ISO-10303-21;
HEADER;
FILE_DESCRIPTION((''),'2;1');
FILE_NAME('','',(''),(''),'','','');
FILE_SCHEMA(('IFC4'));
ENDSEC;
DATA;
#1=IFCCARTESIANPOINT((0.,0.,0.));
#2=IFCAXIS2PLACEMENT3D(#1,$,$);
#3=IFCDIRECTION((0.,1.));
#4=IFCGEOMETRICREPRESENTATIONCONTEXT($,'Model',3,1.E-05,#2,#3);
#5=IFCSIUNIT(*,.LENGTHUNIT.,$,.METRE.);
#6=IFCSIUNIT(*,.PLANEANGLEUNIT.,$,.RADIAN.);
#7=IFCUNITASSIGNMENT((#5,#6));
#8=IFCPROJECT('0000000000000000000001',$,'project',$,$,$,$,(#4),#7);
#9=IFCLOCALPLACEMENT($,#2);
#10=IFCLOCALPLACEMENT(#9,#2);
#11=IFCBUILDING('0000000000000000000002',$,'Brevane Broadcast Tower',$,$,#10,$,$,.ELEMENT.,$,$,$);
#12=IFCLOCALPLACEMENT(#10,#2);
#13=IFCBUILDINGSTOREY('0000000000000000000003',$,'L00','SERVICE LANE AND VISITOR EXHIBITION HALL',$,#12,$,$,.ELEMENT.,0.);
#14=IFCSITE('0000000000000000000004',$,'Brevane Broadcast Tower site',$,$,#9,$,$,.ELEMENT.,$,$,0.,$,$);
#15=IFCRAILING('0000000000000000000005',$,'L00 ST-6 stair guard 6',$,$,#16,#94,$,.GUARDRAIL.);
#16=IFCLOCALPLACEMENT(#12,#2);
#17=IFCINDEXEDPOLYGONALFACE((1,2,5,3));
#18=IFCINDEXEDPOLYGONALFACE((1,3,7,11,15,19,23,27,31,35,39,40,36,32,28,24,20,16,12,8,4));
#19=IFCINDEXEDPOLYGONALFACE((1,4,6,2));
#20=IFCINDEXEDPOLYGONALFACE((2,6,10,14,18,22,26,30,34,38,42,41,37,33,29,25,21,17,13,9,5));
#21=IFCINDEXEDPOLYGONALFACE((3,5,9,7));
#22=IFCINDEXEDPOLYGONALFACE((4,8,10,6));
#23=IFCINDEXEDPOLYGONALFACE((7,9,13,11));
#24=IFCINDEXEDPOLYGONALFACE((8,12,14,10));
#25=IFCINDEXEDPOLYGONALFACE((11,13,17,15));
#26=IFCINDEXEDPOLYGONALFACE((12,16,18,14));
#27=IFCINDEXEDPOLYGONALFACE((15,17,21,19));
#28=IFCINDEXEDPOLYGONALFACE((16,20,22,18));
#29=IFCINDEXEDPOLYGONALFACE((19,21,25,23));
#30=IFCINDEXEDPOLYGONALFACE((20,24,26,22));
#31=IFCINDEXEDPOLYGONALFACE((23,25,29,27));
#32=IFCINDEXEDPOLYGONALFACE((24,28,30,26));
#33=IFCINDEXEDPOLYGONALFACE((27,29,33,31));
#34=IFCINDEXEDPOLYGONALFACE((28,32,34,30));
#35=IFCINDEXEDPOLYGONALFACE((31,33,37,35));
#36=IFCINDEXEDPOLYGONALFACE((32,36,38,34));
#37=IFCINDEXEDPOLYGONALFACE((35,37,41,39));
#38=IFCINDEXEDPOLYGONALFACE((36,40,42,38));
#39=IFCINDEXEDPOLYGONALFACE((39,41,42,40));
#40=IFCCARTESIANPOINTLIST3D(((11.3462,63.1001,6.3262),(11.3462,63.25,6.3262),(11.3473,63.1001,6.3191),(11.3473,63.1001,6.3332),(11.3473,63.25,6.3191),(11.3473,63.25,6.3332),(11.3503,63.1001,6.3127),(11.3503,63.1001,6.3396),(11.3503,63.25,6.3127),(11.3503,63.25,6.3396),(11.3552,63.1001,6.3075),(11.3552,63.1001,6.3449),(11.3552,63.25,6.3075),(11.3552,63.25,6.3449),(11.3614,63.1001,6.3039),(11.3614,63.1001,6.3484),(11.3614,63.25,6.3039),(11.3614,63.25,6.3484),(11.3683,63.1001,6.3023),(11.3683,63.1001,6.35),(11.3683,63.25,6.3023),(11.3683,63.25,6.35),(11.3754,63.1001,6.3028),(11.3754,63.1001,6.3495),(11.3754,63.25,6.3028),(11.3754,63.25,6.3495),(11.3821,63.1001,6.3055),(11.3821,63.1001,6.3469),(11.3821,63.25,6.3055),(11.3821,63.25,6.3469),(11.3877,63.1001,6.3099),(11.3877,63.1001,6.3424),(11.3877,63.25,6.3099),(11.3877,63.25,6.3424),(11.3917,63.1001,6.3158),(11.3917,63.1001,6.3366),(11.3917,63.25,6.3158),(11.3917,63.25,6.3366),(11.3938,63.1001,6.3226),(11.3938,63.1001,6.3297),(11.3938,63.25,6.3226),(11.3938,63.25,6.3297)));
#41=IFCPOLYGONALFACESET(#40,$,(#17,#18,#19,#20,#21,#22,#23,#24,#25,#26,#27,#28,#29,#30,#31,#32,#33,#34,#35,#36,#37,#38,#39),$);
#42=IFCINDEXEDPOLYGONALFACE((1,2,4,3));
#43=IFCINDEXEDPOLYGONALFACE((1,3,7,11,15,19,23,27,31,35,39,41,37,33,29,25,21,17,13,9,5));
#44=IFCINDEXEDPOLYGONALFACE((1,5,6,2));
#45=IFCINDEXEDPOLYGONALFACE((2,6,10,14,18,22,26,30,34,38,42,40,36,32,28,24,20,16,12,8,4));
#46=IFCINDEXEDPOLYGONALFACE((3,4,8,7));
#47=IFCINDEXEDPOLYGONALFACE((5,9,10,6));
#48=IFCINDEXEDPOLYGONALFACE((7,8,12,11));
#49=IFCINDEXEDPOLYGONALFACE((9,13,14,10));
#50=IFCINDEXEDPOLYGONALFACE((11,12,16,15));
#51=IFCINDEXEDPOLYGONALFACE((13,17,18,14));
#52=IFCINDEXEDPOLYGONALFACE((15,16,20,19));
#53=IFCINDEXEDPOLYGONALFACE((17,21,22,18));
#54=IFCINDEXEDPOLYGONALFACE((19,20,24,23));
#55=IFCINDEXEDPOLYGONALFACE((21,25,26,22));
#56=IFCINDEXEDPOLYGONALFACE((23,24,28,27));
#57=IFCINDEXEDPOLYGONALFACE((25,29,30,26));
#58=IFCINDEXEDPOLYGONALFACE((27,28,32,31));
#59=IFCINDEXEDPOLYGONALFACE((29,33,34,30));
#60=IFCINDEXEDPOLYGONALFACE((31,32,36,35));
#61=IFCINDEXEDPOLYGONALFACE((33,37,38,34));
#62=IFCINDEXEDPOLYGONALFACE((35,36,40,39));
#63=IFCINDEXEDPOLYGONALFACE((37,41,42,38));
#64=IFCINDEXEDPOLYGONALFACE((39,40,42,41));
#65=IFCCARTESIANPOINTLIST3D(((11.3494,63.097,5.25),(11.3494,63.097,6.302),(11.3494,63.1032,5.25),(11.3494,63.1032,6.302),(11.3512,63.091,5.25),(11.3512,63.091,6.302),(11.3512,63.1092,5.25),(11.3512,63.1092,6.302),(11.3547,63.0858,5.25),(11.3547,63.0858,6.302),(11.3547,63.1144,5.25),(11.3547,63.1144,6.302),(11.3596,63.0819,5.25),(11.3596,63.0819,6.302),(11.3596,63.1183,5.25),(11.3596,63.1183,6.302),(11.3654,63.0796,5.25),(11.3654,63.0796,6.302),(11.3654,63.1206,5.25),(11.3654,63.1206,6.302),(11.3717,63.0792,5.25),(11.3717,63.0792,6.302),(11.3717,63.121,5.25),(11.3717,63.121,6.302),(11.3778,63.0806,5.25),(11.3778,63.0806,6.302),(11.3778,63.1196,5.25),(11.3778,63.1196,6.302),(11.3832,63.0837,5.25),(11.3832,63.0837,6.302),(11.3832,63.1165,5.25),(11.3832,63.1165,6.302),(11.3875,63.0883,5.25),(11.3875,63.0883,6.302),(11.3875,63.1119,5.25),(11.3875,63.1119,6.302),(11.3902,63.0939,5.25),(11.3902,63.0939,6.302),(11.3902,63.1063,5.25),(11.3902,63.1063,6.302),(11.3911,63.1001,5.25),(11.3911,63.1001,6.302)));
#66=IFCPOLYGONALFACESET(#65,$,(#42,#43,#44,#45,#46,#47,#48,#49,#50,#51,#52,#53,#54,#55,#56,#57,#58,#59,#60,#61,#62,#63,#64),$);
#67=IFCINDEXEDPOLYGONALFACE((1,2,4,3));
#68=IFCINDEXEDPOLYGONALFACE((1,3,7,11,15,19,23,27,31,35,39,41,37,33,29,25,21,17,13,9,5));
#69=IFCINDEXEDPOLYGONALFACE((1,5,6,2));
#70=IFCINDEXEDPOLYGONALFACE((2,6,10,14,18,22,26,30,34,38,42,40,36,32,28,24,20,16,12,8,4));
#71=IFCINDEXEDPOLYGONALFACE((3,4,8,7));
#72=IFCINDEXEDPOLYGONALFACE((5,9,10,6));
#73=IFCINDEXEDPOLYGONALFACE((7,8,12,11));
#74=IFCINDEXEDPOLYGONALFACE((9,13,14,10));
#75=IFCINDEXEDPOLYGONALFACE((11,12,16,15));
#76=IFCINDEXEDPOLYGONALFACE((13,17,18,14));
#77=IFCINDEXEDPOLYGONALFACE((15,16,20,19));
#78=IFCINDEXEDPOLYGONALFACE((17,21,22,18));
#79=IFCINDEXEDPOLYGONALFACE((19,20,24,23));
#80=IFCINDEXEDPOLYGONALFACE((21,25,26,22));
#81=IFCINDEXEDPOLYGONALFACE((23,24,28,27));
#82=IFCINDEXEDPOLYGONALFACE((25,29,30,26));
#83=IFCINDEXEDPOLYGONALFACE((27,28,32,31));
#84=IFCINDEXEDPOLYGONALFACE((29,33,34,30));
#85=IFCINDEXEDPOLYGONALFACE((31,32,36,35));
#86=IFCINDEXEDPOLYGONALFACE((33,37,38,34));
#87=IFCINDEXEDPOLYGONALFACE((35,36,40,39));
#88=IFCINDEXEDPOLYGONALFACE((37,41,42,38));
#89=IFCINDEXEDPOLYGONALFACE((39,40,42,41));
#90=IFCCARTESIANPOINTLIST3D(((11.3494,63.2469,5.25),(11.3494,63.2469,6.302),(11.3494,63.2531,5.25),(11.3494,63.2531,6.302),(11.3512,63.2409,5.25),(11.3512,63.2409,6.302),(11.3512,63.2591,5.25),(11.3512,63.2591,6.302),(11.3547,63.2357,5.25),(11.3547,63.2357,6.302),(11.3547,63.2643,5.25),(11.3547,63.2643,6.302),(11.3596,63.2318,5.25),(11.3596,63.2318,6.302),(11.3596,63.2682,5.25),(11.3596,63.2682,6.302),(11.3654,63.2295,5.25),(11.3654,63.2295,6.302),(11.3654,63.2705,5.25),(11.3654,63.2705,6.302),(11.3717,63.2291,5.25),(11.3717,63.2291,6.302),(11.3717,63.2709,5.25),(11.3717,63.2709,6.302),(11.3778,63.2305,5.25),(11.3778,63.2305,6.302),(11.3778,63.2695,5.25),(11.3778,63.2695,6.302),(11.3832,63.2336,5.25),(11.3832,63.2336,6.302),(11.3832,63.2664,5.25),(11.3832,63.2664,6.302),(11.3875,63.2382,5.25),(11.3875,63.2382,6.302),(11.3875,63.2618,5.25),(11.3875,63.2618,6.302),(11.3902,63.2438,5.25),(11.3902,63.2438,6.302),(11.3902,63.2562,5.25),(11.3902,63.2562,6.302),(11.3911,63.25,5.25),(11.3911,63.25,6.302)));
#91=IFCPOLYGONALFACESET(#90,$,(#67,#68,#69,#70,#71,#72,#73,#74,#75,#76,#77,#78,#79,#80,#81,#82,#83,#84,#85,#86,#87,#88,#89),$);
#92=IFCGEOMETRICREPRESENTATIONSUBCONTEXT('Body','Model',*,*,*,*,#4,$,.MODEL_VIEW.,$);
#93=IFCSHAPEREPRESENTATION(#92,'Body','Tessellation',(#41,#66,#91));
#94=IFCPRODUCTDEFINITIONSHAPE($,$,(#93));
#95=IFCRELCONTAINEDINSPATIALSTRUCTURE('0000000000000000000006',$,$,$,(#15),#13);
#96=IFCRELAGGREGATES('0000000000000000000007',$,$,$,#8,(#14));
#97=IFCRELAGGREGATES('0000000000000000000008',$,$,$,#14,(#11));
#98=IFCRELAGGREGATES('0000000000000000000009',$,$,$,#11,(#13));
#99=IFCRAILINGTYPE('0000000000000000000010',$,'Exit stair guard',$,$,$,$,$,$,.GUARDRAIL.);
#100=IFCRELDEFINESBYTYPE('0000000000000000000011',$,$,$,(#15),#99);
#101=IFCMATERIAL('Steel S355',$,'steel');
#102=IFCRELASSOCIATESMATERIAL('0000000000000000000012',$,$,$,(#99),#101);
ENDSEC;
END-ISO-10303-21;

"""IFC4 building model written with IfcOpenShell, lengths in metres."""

from ifc_helpers import new_model, si_unit, direction, frame, origin, origin_2d, place, context, subcontext, project, spatial, circle, extrude, material, type_object, element, save


model = new_model("IFC4")

# Units and contexts
model_context = context("Model", 3, precision=1e-05, world=origin(), true_north=direction((0.0, 1.0)))
body_context = subcontext(model_context, "Body", "Model", "MODEL_VIEW")
ifc_project = project(units=[si_unit("LENGTHUNIT", "METRE"), si_unit("PLANEANGLEUNIT", "RADIAN")], contexts=[model_context])

# Site, building, storey
site_placement = place(None, origin())
site = spatial("IfcSite", under=ifc_project, at=site_placement, Name="Brevane Broadcast Tower site", CompositionType="ELEMENT", RefElevation=0.0)
building_placement = place(site_placement, origin())
building = spatial("IfcBuilding", under=site, at=building_placement, Name="Brevane Broadcast Tower", CompositionType="ELEMENT")
storey_placement = place(building_placement, origin())
storey = spatial("IfcBuildingStorey", under=building, at=storey_placement, Name="L00", Description="SERVICE LANE AND VISITOR EXHIBITION HALL", CompositionType="ELEMENT", Elevation=0.0)

# Railing
ifc_material_1 = material(Name="Steel S355", Category="steel")
railing_type_1 = type_object("IfcRailingType", Name="Exit stair guard", PredefinedType="GUARDRAIL", material=ifc_material_1)
railing_1_placement = place(storey_placement, frame((11.3701, 63.1001, 5.25)))
element("IfcRailing", 1, at=railing_1_placement, inside=storey, type_object=railing_type_1, Name="L00 ST-6 stair guard 6", PredefinedType="GUARDRAIL", context=body_context, shape_type="SweptSolid", body=[
    extrude(circle(Radius=0.0239, at=origin_2d()), frame((0.0, 0.0, 1.0762), z_axis=(0.0, 1.0, 0.0), x_axis=(-1.0, 0.0, 0.0)), (0.0, 0.0, 1.0), 0.1499),
    extrude(circle(Radius=0.021, at=origin_2d()), origin(), (0.0, 0.0, 1.0), 1.052),
    extrude(circle(Radius=0.021, at=origin_2d()), frame((0.0, 0.1499, 0.0)), (0.0, 0.0, 1.0), 1.052),
])

save(model, "model.ifc")
